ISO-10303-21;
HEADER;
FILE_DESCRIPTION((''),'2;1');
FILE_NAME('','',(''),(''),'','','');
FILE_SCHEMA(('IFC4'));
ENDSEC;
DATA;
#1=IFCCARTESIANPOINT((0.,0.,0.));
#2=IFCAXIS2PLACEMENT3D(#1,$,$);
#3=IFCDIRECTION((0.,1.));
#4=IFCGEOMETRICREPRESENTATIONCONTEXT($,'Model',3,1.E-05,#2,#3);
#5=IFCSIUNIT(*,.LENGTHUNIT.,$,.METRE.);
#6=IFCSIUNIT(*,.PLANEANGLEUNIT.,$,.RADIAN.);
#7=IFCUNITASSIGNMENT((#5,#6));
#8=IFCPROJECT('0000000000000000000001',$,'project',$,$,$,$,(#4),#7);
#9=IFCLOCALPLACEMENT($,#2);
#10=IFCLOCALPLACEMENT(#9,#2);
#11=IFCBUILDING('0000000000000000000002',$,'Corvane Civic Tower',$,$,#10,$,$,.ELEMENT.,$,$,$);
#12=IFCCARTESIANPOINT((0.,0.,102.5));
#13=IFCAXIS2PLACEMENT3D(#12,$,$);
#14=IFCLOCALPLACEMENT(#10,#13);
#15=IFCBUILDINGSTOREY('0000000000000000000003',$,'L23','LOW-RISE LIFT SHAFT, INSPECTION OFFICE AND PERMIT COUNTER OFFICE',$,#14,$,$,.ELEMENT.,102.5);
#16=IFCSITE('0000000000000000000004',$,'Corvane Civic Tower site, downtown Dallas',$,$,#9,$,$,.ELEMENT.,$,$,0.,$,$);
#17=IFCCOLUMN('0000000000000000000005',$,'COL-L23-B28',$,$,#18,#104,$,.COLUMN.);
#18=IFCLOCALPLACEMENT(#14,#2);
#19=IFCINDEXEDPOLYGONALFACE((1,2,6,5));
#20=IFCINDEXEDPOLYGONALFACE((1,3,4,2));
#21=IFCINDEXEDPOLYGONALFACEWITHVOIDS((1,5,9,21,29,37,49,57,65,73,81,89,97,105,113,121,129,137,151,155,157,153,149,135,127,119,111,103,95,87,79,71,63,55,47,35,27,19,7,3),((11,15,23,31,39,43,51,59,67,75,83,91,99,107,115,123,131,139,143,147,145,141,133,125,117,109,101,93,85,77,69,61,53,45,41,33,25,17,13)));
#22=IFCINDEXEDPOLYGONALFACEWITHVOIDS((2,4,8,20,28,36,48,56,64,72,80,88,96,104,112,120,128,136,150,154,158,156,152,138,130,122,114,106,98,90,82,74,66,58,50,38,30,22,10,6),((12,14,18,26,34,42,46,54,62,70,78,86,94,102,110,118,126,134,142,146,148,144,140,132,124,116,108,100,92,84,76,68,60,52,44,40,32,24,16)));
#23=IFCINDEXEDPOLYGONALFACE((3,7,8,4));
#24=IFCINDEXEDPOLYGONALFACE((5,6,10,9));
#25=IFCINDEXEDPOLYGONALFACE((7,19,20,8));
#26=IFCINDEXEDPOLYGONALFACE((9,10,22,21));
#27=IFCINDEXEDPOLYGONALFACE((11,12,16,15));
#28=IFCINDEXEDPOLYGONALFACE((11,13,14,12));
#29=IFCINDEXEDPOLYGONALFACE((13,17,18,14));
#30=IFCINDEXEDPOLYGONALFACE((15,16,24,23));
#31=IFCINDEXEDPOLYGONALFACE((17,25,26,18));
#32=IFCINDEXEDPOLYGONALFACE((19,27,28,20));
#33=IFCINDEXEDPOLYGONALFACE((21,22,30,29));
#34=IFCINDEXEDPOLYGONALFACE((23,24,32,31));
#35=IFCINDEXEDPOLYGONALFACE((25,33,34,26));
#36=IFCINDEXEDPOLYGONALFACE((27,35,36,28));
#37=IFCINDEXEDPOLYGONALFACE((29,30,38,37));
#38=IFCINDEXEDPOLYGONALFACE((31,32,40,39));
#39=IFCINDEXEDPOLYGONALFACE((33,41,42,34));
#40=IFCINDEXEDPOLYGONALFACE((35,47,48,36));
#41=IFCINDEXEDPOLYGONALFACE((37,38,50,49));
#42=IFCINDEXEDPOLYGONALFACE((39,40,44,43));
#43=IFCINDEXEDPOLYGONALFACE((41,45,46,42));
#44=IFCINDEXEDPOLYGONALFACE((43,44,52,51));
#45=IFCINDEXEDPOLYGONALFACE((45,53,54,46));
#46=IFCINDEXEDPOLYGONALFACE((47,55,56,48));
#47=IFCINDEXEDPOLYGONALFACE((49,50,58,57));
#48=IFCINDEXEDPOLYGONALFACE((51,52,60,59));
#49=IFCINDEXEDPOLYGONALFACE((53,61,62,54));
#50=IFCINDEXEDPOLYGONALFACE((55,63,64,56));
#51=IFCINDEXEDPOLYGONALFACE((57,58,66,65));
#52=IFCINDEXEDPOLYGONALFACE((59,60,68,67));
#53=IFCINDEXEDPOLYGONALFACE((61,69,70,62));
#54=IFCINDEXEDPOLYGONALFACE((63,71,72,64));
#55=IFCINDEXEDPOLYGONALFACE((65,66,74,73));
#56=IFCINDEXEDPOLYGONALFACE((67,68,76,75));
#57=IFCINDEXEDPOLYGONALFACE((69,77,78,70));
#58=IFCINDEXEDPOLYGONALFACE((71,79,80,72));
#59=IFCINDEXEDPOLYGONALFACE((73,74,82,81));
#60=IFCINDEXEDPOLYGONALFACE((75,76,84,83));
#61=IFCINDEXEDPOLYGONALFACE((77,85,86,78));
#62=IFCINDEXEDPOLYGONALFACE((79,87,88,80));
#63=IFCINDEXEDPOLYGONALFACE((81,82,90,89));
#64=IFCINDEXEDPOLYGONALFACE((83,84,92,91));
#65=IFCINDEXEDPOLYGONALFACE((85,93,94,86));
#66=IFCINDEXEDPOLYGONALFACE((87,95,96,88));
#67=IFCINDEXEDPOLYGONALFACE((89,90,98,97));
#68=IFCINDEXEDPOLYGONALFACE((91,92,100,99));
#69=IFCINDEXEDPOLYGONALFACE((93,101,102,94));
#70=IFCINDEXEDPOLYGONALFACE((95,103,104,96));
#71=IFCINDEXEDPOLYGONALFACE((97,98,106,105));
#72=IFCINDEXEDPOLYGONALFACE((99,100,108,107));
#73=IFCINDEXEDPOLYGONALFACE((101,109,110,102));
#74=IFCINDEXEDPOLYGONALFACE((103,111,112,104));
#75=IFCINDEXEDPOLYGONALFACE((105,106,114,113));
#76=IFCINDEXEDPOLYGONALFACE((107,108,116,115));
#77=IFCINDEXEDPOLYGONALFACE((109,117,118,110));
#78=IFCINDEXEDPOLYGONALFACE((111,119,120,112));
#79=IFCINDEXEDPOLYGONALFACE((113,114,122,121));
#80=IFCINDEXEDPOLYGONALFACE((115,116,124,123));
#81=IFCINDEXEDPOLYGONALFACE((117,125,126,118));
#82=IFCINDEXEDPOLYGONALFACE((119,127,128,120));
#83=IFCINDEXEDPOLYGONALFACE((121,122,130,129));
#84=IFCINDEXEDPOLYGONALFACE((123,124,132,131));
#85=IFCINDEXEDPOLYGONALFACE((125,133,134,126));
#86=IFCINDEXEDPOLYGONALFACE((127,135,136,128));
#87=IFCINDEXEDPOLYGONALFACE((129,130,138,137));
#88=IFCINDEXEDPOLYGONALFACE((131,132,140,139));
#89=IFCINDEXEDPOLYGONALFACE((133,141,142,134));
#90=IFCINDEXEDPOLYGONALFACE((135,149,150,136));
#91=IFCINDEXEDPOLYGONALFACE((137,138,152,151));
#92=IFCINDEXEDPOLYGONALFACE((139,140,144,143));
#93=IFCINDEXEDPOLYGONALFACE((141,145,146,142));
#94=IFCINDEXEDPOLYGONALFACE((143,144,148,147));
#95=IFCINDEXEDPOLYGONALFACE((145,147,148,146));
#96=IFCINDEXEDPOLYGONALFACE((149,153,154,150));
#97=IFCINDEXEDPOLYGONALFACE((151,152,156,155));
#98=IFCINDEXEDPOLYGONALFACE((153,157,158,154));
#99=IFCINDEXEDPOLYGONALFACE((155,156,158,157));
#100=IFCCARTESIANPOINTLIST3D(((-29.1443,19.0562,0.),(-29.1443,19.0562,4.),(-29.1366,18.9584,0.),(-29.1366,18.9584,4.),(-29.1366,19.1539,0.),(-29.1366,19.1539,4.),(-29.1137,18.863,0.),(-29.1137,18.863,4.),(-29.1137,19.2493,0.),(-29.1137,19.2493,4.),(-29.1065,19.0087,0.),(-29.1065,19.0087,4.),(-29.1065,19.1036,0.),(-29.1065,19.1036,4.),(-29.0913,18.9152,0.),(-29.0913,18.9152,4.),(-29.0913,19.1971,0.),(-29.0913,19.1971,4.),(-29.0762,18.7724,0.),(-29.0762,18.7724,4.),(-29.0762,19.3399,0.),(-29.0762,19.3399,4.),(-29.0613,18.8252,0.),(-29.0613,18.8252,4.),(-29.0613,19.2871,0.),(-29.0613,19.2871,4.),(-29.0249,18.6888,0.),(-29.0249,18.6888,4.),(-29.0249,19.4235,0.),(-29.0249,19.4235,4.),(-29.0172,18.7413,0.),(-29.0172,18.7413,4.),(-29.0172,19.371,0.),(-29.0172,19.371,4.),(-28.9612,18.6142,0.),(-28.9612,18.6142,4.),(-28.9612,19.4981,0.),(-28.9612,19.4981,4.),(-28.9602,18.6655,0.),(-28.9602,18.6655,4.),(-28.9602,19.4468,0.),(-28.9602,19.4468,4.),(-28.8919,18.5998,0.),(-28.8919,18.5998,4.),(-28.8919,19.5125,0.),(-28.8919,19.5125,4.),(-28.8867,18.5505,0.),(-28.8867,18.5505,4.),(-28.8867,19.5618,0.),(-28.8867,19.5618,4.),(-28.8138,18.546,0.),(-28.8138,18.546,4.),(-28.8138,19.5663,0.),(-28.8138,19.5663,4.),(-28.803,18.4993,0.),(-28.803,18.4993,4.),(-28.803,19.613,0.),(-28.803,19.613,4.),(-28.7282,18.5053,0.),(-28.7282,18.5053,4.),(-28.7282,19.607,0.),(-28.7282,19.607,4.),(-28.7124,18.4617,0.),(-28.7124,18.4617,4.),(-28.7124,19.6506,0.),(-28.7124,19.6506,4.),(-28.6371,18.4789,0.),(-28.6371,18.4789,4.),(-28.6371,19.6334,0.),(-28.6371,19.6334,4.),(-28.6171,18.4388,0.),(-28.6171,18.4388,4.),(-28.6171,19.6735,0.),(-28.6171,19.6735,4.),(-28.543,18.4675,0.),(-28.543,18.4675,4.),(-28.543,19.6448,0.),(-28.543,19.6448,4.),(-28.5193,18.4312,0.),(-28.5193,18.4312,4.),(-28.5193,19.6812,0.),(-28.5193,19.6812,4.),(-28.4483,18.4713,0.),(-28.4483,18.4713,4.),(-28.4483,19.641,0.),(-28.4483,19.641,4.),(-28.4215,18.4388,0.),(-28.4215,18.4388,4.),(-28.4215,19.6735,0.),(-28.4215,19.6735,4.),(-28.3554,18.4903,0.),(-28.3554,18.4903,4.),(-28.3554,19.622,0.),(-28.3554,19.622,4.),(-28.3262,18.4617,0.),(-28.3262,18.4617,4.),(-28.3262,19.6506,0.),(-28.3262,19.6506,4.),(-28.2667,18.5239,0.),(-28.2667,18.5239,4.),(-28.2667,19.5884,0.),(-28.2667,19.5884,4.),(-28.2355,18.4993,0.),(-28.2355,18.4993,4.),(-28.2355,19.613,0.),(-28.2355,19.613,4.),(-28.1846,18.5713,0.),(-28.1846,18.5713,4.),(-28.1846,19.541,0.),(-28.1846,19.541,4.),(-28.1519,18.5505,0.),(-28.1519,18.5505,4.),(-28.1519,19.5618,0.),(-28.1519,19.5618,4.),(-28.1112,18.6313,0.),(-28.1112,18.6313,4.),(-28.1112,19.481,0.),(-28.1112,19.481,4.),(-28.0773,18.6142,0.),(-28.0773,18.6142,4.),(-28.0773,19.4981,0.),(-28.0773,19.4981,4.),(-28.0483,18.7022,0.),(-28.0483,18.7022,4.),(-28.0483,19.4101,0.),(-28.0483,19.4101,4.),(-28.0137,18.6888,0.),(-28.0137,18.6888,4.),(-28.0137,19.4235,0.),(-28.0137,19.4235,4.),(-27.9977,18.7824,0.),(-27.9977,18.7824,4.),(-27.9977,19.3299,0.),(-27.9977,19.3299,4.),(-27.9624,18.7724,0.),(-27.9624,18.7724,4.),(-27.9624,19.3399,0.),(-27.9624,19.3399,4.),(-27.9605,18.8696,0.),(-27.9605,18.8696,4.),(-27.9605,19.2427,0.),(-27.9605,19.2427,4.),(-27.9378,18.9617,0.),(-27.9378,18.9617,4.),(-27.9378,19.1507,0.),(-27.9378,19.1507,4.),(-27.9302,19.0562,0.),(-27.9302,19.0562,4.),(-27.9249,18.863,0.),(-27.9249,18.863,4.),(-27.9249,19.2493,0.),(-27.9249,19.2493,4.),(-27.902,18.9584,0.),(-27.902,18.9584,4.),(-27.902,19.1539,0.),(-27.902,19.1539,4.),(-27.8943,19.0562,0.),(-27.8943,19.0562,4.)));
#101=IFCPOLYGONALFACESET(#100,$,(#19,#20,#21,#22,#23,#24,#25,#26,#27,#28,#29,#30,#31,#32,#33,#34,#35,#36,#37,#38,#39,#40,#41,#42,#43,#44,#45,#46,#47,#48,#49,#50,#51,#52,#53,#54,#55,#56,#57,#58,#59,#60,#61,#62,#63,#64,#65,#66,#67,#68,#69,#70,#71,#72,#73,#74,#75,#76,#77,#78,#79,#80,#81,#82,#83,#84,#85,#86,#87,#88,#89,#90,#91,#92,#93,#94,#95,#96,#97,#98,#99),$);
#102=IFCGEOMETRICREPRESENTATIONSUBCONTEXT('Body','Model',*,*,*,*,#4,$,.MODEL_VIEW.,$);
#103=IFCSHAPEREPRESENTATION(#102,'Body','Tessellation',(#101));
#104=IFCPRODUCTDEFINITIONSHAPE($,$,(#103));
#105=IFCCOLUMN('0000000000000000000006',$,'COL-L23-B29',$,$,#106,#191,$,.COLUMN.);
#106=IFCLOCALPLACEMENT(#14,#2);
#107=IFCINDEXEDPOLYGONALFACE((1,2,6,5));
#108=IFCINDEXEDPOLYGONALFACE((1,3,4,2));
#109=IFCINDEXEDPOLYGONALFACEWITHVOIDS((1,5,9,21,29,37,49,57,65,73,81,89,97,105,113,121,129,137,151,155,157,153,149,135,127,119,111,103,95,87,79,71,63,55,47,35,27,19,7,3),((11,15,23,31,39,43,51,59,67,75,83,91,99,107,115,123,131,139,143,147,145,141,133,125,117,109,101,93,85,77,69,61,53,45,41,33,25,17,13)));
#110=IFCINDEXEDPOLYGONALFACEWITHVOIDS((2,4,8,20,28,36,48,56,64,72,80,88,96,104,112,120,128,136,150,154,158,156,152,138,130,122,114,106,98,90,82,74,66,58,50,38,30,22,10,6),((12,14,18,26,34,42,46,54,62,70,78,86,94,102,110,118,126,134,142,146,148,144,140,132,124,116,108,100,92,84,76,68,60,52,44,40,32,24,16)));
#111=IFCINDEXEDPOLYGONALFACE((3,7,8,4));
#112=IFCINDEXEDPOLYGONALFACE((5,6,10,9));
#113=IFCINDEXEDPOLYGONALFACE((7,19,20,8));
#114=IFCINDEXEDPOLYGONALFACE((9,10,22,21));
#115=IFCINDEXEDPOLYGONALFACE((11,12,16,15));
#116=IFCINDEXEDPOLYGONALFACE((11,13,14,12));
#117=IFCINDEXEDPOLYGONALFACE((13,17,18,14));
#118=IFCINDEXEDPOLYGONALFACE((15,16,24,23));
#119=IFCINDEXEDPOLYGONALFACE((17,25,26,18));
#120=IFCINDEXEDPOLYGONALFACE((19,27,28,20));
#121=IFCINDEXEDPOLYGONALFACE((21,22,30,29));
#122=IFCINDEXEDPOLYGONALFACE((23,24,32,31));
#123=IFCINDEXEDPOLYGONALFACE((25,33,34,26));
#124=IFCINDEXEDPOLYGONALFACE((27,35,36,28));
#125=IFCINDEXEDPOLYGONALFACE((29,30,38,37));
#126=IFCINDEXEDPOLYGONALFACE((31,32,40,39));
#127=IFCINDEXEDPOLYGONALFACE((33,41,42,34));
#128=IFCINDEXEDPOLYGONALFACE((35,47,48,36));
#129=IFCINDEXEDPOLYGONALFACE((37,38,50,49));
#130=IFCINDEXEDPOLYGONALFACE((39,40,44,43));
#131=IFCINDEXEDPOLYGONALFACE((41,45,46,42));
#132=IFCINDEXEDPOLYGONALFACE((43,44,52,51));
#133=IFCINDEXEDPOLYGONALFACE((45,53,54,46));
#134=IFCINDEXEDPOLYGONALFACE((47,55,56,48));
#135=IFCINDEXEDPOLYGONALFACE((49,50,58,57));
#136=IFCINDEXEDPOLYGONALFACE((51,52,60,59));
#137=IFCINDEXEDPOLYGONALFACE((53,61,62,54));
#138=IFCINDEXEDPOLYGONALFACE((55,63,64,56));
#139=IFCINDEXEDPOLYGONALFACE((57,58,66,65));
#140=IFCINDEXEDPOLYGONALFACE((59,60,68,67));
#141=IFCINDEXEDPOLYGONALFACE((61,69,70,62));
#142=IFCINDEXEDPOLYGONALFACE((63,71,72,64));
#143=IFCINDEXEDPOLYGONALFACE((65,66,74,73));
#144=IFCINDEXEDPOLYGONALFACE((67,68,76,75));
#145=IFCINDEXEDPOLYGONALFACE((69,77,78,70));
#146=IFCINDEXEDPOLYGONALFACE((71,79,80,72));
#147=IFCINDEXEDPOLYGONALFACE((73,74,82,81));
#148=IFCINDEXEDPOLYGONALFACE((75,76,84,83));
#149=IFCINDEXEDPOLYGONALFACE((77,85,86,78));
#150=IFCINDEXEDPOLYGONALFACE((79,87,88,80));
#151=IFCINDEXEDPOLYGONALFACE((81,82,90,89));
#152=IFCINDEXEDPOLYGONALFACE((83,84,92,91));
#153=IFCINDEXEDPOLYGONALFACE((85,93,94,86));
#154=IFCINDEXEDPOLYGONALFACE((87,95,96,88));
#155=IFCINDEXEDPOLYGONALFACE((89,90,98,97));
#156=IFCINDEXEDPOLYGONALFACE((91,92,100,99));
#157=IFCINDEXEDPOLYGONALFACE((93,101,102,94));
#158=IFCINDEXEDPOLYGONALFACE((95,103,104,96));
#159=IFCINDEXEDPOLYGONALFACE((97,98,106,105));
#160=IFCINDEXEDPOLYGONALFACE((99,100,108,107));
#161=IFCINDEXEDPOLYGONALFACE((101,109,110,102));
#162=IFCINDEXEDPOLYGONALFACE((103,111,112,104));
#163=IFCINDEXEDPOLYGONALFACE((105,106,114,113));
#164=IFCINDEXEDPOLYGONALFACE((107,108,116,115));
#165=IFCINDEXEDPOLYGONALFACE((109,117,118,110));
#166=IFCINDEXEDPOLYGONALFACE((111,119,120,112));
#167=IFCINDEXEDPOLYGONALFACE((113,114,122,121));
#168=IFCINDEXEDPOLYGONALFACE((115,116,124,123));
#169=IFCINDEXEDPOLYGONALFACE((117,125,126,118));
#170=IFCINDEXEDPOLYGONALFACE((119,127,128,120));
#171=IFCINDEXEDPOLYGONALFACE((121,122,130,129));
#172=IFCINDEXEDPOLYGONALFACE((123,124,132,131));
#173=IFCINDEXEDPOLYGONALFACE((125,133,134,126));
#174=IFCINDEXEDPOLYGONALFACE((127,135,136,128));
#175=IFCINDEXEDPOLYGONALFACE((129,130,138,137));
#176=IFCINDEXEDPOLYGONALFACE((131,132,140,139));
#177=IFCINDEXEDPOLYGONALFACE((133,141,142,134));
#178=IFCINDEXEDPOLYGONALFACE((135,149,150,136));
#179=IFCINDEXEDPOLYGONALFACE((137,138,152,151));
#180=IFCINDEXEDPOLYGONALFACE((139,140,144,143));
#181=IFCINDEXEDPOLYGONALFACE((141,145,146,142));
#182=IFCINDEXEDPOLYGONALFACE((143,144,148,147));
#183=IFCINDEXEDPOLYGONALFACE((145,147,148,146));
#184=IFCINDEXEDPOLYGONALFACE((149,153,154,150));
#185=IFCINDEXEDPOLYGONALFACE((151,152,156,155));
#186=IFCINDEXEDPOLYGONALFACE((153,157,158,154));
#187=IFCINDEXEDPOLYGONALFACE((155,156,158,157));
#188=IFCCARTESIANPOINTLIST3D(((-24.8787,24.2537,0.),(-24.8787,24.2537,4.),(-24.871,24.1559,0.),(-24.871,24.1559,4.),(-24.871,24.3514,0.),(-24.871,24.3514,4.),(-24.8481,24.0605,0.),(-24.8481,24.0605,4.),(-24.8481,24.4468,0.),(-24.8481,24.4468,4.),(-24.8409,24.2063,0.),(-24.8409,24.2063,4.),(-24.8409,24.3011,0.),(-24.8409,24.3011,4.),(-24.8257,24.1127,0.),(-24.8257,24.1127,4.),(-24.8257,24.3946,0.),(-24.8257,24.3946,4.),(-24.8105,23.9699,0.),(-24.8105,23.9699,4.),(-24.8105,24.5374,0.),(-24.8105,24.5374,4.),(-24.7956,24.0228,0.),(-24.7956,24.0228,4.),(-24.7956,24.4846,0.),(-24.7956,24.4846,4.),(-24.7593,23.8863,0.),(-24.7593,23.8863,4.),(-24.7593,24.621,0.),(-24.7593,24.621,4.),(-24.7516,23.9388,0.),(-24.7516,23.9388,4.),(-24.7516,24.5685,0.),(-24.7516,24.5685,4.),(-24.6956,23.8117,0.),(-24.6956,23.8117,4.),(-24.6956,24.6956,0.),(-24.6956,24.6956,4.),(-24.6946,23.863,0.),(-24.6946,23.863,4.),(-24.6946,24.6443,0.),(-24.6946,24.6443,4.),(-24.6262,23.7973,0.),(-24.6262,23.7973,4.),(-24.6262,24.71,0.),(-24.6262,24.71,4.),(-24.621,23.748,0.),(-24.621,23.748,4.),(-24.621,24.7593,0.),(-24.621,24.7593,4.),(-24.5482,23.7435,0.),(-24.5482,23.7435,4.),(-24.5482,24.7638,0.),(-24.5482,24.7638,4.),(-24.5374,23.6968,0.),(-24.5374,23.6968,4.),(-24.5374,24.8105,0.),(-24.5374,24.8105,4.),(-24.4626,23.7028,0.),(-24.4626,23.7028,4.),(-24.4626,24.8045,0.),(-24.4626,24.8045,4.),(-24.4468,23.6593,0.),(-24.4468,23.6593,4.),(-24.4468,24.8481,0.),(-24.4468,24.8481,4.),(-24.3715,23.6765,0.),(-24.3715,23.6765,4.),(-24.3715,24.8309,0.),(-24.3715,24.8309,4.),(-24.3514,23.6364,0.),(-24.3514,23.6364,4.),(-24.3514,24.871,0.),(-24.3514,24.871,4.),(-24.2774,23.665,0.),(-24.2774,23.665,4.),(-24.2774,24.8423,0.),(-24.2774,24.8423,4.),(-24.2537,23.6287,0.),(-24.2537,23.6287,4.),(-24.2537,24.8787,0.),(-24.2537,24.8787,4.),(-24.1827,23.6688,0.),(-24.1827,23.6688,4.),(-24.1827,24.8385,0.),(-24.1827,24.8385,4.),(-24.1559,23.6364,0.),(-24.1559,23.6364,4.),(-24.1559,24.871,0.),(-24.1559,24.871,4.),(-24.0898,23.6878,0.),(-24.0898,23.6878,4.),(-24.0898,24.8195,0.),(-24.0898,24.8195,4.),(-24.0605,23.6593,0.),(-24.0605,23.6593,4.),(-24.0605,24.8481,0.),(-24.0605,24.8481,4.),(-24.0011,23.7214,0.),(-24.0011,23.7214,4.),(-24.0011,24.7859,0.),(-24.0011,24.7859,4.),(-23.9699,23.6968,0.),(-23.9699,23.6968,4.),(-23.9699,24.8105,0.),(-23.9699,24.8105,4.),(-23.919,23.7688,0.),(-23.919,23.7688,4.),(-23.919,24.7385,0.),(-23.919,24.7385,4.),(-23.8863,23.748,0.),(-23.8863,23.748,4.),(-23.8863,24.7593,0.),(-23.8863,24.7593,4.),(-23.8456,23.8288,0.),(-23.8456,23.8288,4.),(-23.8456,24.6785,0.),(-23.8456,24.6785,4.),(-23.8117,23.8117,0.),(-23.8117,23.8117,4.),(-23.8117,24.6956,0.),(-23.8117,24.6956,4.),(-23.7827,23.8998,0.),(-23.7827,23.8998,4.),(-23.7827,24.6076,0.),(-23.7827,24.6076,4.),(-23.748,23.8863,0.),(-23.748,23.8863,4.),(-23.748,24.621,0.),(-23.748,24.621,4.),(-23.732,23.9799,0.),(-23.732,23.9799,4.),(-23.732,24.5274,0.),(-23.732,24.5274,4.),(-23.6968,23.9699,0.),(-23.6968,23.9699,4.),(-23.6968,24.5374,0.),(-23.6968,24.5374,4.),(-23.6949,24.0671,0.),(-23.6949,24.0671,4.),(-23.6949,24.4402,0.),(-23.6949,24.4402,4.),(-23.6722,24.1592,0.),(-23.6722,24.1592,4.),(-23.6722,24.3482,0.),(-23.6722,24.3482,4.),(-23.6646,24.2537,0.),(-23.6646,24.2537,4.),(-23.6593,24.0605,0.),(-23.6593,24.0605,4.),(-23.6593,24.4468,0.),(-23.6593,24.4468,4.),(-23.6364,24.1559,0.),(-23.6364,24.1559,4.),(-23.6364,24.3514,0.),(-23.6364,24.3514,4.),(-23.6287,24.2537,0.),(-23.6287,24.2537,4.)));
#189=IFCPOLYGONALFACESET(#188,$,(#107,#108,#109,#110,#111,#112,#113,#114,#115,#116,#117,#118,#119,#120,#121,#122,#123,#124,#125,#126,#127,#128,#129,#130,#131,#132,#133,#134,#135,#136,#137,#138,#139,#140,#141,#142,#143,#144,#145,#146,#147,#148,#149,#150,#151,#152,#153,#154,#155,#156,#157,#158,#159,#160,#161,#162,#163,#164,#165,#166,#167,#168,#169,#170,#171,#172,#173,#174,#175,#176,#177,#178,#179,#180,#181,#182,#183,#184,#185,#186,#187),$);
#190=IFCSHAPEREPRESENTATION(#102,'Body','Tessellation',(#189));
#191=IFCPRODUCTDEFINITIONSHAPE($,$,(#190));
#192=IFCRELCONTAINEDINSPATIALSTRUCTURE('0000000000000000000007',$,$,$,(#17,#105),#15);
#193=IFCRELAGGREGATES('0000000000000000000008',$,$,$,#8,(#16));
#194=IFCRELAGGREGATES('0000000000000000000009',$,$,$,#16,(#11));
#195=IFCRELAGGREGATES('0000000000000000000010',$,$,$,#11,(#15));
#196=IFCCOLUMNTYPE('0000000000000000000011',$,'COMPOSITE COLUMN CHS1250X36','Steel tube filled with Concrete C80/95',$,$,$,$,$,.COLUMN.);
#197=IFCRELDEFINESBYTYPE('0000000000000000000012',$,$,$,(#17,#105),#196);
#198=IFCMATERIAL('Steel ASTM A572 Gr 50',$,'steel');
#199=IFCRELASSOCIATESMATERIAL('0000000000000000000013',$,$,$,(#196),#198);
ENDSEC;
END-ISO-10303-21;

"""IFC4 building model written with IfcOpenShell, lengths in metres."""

from ifc_helpers import new_model, si_unit, direction, frame, origin, origin_2d, place, context, subcontext, project, spatial, hollow_circle, extrude, material, material_profile, profile_set, type_object, element, save


model = new_model("IFC4")

# Units and contexts
model_context = context("Model", 3, precision=1e-05, world=origin(), true_north=direction((0.0, 1.0)))
body_context = subcontext(model_context, "Body", "Model", "MODEL_VIEW")
ifc_project = project(units=[si_unit("LENGTHUNIT", "METRE"), si_unit("PLANEANGLEUNIT", "RADIAN")], contexts=[model_context])

# Site, building, storey
site_placement = place(None, origin())
site = spatial("IfcSite", under=ifc_project, at=site_placement, Name="Corvane Civic Tower site, downtown Dallas", CompositionType="ELEMENT", RefElevation=0.0)
building_placement = place(site_placement, origin())
building = spatial("IfcBuilding", under=site, at=building_placement, Name="Corvane Civic Tower", CompositionType="ELEMENT")
storey_placement = place(building_placement, frame((0.0, 0.0, 102.5)))
storey = spatial("IfcBuildingStorey", under=building, at=storey_placement, Name="L23", Description="LOW-RISE LIFT SHAFT, INSPECTION OFFICE AND PERMIT COUNTER OFFICE", CompositionType="ELEMENT", Elevation=102.5)

# Columns
ifc_material_1 = material(Name="Steel ASTM A572 Gr 50", Category="steel")
ifc_material_profile_1 = material_profile(ifc_material_1, hollow_circle(Radius=0.625, WallThickness=0.0359, at=origin_2d()), Name="CHS1250X36")
ifc_profile_set_1 = profile_set([ifc_material_profile_1], Name="Steel ASTM A572 Gr 50")
column_type = type_object("IfcColumnType", Name="COMPOSITE COLUMN CHS1250X36", Description="Steel tube filled with Concrete C80/95", PredefinedType="COLUMN", material=ifc_profile_set_1)
for number, where, z_axis, x_axis, name in (
    (1, (-28.5193, 19.0562, 0.0), (0.0, 0.0, 1.0), (1.0, 0.0, 0.0), "COL-L23-B28"),
    (2, (-24.2537, 24.2537, 0.0), (0.0, 0.0, 1.0), (1.0, 0.0, 0.0), "COL-L23-B29"),
):
    element("IfcColumn", number, at=place(storey_placement, frame(where, z_axis=z_axis, x_axis=x_axis)), inside=storey, type_object=column_type, Name=name, PredefinedType="COLUMN", context=body_context, shape_type="SweptSolid", body=[
        extrude(hollow_circle(Radius=0.625, WallThickness=0.0359, at=origin_2d()), origin(), (0.0, 0.0, 1.0), 4.0),
    ])

save(model, "model.ifc")
